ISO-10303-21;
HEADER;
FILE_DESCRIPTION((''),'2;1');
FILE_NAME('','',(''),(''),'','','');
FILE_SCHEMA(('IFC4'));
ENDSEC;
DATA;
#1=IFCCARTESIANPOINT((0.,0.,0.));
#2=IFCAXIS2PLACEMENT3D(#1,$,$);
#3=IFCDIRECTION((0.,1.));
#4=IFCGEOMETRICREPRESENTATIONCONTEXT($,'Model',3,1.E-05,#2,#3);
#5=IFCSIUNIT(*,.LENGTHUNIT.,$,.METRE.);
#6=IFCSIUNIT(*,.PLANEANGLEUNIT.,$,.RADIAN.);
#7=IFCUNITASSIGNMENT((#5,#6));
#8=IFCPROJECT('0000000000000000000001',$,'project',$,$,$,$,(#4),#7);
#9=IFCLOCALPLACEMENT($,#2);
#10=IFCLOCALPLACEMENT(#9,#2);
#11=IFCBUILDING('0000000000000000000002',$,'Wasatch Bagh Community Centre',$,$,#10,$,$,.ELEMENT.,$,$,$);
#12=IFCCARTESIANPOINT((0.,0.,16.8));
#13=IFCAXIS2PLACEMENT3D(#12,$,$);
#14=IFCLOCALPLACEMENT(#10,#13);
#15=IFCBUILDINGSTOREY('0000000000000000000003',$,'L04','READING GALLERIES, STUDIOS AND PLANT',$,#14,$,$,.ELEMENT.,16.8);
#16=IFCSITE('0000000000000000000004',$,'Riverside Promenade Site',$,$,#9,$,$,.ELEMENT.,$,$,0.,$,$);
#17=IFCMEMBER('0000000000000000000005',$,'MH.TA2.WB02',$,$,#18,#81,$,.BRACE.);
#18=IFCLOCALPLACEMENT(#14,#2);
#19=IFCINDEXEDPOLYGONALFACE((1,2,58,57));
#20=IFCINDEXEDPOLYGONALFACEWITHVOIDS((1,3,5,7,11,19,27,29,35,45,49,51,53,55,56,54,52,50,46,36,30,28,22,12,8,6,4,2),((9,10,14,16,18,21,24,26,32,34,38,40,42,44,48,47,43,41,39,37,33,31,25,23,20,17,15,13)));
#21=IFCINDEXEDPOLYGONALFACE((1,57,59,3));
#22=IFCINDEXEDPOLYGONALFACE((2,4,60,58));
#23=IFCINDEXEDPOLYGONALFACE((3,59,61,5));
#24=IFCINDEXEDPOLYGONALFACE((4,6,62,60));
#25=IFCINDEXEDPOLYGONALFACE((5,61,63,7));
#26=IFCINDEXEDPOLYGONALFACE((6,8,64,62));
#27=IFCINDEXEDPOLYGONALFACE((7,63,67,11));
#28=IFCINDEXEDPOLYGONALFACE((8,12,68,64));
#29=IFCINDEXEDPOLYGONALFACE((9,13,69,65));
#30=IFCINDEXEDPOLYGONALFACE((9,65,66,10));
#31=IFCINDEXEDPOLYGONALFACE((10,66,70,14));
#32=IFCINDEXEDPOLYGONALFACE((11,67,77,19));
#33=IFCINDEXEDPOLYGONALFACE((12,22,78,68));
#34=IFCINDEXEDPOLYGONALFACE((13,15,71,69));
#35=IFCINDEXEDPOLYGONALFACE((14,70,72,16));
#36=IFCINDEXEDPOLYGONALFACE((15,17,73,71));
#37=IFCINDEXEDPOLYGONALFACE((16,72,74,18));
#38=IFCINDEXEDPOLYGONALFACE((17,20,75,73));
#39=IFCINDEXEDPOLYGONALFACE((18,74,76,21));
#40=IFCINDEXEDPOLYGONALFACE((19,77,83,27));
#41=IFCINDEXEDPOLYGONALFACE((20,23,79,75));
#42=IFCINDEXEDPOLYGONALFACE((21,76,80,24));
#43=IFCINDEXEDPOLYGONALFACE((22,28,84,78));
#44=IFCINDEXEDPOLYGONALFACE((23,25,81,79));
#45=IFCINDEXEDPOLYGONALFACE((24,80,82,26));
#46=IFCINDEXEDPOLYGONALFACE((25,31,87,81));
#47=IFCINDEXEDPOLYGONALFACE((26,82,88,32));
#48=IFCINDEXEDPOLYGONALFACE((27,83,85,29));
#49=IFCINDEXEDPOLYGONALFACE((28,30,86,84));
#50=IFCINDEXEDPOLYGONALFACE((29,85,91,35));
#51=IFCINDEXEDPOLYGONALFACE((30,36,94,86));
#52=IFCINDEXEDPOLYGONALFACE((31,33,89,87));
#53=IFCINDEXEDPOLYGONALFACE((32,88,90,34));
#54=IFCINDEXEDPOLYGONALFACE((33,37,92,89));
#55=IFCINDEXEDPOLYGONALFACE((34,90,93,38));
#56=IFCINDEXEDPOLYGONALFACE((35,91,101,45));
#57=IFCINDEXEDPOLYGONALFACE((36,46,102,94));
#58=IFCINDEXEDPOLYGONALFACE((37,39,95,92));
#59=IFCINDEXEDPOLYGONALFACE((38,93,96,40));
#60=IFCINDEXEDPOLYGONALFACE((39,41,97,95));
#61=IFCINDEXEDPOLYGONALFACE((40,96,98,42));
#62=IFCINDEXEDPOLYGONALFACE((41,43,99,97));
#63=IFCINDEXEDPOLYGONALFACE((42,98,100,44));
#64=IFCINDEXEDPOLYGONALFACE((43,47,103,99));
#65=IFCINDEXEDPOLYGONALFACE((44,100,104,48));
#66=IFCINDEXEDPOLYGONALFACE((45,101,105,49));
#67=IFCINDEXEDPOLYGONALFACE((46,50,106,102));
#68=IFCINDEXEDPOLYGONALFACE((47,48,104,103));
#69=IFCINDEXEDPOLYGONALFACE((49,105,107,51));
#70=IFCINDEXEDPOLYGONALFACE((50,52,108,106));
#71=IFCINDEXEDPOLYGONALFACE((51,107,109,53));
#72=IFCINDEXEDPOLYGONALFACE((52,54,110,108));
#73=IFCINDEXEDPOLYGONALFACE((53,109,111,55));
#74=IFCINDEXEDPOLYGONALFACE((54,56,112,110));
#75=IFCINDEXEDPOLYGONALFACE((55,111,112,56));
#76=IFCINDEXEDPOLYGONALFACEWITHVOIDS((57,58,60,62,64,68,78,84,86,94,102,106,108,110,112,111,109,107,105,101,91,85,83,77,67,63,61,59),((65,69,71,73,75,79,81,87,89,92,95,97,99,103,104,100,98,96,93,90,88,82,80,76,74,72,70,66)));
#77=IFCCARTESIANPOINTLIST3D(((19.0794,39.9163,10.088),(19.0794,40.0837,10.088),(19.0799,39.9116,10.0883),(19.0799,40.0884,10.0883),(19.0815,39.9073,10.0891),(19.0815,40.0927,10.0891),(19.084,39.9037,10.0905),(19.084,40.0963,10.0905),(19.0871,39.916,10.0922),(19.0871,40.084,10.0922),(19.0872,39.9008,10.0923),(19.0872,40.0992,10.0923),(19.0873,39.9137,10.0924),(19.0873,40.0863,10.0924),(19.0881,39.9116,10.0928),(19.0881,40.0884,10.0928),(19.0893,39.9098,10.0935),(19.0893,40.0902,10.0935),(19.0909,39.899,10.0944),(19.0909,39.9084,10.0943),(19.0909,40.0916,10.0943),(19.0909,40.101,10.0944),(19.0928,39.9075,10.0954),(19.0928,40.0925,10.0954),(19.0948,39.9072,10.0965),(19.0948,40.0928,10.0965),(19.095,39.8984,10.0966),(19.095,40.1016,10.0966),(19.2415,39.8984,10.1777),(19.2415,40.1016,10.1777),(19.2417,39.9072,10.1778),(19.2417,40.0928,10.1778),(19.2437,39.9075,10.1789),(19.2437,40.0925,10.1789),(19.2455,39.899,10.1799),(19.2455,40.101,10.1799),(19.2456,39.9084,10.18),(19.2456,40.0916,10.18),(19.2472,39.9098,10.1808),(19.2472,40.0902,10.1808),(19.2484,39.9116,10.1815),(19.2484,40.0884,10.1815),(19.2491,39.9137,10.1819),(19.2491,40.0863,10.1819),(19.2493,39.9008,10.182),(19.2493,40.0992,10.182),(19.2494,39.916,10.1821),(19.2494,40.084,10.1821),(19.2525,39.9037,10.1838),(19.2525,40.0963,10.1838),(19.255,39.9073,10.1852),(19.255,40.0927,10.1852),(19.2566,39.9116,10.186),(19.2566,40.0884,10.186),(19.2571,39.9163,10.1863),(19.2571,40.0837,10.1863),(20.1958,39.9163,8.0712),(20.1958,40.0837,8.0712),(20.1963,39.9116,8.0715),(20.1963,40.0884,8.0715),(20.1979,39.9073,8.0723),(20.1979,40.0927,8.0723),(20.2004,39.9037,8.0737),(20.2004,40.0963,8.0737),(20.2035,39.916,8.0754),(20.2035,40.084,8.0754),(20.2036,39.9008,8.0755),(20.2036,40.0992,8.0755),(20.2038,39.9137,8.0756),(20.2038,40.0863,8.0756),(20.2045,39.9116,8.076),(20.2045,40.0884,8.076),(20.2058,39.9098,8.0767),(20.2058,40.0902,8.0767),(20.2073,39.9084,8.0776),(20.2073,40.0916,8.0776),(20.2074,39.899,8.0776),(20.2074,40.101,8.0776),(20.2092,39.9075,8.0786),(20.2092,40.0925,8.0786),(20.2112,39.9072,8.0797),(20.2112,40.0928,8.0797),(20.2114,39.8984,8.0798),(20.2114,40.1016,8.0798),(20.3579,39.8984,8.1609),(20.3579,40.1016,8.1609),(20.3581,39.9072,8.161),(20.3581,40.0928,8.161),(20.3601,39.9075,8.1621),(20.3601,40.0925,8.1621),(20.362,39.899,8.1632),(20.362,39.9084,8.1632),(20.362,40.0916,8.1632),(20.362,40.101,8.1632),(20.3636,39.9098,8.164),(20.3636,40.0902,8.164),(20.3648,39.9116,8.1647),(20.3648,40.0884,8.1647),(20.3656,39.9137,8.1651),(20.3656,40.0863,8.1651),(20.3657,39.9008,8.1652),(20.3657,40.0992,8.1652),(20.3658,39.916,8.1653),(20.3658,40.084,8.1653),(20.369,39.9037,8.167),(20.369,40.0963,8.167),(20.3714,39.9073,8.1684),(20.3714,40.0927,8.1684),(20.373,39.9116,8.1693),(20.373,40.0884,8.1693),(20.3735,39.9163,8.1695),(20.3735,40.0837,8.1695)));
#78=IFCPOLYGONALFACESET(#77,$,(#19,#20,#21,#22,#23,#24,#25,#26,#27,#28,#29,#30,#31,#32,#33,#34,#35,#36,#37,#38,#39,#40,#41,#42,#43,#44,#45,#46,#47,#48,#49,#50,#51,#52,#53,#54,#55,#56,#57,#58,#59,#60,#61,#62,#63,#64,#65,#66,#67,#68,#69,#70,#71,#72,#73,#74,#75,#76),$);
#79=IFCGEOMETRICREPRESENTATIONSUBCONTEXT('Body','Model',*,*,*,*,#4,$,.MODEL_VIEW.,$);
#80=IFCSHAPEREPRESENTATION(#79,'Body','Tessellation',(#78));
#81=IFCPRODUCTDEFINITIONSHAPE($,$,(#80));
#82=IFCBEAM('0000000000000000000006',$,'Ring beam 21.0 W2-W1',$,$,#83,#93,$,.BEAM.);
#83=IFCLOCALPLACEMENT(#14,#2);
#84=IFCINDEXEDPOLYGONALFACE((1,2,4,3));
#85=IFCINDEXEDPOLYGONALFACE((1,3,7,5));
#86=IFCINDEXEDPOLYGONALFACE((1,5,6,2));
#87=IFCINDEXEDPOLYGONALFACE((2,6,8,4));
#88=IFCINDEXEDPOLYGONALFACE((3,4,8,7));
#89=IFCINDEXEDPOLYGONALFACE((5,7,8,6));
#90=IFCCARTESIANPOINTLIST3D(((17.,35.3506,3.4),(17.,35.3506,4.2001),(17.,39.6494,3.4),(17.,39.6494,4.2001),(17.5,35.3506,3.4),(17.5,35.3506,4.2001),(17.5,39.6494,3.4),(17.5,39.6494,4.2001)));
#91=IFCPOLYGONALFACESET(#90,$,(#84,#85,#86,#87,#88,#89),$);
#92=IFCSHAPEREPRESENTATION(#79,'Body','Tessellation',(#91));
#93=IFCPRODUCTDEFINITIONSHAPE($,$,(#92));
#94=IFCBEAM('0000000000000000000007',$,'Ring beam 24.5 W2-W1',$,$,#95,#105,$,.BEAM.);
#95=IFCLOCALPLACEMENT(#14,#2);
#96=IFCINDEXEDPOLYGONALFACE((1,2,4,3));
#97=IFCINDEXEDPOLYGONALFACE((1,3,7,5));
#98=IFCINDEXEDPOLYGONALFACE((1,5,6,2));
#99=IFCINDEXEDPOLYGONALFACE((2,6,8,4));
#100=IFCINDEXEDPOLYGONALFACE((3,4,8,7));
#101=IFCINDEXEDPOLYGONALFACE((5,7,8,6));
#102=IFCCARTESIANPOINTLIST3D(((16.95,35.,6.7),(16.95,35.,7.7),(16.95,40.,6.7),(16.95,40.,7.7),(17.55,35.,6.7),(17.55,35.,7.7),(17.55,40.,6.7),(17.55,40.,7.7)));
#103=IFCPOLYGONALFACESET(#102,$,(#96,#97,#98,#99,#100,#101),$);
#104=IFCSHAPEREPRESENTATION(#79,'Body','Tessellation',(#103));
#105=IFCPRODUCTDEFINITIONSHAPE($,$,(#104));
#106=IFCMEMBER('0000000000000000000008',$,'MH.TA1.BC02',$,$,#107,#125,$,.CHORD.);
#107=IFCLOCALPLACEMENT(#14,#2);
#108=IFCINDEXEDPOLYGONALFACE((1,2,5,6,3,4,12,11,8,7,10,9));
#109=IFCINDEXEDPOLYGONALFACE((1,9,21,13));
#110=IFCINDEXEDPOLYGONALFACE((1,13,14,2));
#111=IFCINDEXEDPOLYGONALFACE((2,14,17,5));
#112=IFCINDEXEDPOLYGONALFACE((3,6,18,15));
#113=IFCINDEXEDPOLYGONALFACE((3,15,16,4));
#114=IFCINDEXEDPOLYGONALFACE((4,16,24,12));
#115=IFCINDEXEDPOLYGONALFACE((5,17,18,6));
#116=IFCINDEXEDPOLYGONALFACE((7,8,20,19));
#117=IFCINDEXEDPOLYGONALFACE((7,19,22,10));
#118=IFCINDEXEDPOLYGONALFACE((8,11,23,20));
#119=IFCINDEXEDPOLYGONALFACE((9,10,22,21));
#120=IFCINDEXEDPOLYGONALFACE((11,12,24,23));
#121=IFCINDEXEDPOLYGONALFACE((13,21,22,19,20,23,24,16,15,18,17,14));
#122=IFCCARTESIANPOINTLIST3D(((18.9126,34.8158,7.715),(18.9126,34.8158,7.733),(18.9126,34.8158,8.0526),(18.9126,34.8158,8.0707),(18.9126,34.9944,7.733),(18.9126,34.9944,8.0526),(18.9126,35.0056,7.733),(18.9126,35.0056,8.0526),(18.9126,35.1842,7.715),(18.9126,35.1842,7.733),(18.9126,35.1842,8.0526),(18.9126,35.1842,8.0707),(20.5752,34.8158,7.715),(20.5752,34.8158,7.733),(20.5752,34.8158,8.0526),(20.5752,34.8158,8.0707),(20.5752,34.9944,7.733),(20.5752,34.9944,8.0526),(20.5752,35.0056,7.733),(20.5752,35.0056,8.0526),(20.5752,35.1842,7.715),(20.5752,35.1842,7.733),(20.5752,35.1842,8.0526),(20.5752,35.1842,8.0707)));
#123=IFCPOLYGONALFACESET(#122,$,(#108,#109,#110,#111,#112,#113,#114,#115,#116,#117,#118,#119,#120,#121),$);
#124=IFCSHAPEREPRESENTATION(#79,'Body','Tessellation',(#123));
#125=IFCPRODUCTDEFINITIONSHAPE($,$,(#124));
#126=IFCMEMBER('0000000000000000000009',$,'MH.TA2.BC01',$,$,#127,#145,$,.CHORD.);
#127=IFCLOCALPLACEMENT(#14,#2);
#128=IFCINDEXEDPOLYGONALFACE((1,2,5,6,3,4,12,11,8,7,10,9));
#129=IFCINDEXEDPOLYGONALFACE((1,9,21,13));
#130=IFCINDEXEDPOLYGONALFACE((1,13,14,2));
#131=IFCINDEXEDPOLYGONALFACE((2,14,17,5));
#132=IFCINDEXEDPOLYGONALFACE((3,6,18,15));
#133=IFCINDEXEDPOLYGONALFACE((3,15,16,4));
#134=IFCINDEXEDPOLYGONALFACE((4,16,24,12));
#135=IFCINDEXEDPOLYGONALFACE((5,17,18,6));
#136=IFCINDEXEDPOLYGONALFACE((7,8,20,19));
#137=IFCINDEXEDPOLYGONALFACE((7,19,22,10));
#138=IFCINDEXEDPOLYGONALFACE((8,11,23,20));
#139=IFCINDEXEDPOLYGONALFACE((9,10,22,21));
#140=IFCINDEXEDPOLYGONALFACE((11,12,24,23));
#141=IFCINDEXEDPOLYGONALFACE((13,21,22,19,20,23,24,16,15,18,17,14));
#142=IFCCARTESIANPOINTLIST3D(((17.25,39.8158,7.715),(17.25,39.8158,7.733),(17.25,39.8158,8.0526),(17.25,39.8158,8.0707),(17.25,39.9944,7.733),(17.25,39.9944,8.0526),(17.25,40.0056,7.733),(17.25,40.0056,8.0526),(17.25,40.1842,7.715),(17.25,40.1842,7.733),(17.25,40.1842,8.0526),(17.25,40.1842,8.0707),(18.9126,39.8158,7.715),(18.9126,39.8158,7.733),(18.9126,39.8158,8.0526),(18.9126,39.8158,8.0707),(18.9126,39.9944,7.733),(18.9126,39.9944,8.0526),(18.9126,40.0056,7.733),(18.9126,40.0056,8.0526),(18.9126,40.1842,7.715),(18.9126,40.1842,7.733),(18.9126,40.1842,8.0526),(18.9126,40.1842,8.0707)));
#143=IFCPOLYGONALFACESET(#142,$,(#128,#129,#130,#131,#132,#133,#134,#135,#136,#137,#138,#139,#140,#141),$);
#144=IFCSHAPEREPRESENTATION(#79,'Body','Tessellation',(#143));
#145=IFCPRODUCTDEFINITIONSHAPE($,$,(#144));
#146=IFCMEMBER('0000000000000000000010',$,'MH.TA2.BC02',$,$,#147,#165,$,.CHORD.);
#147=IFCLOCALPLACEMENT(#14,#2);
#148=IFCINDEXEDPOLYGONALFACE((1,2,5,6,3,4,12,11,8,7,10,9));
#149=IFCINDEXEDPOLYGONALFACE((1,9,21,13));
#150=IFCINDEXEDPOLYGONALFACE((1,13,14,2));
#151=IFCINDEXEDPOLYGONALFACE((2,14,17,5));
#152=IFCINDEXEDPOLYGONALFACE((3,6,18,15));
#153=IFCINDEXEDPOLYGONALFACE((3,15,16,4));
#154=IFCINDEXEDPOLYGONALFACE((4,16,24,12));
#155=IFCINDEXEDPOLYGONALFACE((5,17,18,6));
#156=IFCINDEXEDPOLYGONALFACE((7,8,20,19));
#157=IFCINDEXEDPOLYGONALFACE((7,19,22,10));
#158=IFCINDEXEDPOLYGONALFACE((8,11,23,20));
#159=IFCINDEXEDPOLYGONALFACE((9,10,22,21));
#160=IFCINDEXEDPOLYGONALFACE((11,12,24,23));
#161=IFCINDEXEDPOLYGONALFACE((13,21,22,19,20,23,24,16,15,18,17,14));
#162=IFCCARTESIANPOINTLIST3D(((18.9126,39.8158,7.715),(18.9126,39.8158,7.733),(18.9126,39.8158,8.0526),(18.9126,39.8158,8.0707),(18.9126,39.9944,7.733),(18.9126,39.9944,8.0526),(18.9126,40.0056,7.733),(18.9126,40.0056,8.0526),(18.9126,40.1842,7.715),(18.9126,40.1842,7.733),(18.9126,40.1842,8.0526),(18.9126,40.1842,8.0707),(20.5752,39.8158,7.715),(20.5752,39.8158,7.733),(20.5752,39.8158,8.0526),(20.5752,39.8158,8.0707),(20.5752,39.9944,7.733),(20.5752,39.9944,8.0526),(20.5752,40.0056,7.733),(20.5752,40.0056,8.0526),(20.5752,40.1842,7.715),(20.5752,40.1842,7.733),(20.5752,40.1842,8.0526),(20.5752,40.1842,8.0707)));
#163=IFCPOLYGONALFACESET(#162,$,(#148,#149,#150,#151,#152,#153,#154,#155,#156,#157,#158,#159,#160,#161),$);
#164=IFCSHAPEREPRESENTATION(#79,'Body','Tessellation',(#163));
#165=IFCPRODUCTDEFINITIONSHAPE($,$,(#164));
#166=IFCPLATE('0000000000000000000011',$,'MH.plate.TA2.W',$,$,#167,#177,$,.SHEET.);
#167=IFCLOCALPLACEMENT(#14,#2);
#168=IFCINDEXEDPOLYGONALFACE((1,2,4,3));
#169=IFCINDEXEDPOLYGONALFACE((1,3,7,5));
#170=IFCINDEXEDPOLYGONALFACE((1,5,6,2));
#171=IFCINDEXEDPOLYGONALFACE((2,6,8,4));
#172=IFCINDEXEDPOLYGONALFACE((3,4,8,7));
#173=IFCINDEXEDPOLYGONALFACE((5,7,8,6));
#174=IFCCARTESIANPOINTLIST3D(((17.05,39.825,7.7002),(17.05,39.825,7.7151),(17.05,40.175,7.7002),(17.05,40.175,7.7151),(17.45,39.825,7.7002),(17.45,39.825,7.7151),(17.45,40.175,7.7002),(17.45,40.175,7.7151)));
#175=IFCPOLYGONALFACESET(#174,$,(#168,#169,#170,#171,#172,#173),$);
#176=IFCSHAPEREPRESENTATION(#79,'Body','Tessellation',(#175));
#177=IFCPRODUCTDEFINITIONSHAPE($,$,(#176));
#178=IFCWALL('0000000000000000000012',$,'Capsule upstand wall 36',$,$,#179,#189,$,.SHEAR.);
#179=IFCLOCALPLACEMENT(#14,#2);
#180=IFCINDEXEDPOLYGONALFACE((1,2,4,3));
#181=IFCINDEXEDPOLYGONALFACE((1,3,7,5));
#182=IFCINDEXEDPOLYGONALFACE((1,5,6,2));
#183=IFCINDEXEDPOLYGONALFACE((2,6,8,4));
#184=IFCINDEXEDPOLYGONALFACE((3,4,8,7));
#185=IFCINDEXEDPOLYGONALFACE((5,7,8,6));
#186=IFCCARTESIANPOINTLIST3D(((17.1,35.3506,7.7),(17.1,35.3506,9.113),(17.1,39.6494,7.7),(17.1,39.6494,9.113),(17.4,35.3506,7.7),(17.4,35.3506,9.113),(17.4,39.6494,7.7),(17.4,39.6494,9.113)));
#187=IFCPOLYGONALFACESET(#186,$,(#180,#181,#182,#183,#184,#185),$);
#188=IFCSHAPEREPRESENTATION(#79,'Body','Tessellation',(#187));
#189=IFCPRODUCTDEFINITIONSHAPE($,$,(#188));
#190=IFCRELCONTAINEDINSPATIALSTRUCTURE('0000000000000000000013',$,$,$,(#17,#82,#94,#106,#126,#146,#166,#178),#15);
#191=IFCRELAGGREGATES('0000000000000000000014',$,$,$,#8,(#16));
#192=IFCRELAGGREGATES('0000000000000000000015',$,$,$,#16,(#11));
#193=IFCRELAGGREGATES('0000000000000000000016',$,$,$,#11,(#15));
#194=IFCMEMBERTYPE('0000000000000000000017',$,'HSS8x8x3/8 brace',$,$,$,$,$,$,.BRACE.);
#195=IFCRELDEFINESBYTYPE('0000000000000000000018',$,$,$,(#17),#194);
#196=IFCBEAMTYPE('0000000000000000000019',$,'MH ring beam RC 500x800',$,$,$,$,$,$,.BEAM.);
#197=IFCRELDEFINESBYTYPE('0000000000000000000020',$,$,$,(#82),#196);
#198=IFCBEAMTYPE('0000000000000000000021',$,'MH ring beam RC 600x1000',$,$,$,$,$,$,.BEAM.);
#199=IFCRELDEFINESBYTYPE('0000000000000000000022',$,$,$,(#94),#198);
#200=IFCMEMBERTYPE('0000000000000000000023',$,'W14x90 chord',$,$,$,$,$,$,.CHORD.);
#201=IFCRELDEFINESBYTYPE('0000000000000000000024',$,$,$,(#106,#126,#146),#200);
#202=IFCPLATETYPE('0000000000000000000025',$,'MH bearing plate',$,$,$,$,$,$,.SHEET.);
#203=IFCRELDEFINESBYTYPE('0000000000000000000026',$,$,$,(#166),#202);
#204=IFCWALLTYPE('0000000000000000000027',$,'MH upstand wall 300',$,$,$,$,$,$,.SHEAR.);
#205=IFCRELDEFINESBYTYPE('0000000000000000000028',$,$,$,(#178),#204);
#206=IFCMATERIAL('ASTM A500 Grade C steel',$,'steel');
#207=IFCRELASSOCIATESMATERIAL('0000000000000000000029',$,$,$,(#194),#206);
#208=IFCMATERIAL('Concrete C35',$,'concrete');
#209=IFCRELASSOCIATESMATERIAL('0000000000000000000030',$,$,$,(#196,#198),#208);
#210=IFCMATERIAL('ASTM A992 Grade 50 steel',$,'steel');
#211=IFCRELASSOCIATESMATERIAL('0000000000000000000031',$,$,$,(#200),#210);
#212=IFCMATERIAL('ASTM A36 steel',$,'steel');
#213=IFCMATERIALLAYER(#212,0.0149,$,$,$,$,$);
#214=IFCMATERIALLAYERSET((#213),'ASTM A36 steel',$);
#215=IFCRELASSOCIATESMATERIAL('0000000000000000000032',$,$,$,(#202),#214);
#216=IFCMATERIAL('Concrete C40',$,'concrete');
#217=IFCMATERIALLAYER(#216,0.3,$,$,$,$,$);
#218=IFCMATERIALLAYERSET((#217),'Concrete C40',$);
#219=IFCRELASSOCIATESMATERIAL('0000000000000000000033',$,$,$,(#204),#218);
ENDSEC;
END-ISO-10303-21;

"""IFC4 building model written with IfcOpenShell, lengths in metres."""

from ifc_helpers import new_model, si_unit, direction, frame, frame_2d, origin, origin_2d, place, context, subcontext, project, spatial, rectangle, hollow_rectangle, i_section, extrude, material, layer, layer_set, material_profile, profile_set, type_object, element, save


model = new_model("IFC4")

# Units and contexts
model_context = context("Model", 3, precision=1e-05, world=origin(), true_north=direction((0.0, 1.0)))
body_context = subcontext(model_context, "Body", "Model", "MODEL_VIEW")
ifc_project = project(units=[si_unit("LENGTHUNIT", "METRE"), si_unit("PLANEANGLEUNIT", "RADIAN")], contexts=[model_context])

# Site, building, storey
site_placement = place(None, origin())
site = spatial("IfcSite", under=ifc_project, at=site_placement, Name="Riverside Promenade Site", CompositionType="ELEMENT", RefElevation=0.0)
building_placement = place(site_placement, origin())
building = spatial("IfcBuilding", under=site, at=building_placement, Name="Wasatch Bagh Community Centre", CompositionType="ELEMENT")
storey_placement = place(building_placement, frame((0.0, 0.0, 16.8)))
storey = spatial("IfcBuildingStorey", under=building, at=storey_placement, Name="L04", Description="READING GALLERIES, STUDIOS AND PLANT", CompositionType="ELEMENT", Elevation=16.8)

# Shared definitions
ifc_material_1 = material(Name="Concrete C40", Category="concrete")

# Member
ifc_material_2 = material(Name="ASTM A500 Grade C steel", Category="steel")
ifc_material_profile_1 = material_profile(ifc_material_2, hollow_rectangle(XDim=0.2031, YDim=0.2031, WallThickness=0.0088, InnerFilletRadius=0.0088, OuterFilletRadius=0.0178, at=origin_2d()), Name="HSS8x8x3/8")
ifc_profile_set_1 = profile_set([ifc_material_profile_1], Name="ASTM A500 Grade C steel")
member_type_1 = type_object("IfcMemberType", Name="HSS8x8x3/8 brace", PredefinedType="BRACE", material=ifc_profile_set_1)
for number, where, z_axis, x_axis, name in (
    (1, (20.2847, 40.0, 8.1204), (-0.484312, 0.0, 0.874896), (0.0, -1.0, 0.0), "MH.TA2.WB02"),
):
    element("IfcMember", number, at=place(storey_placement, frame(where, z_axis=z_axis, x_axis=x_axis)), inside=storey, type_object=member_type_1, Name=name, PredefinedType="BRACE", context=body_context, shape_type="SweptSolid", body=[
        extrude(hollow_rectangle(XDim=0.2031, YDim=0.2031, WallThickness=0.0088, InnerFilletRadius=0.0088, OuterFilletRadius=0.0178, at=origin_2d()), origin(), (0.0, 0.0, 1.0), 2.3052),
    ])

# Beams
ifc_material_3 = material(Name="Concrete C35", Category="concrete")
ifc_material_profile_2 = material_profile(ifc_material_3, rectangle(XDim=0.5, YDim=0.8, at=origin_2d()), Name="RC 500x800")
ifc_profile_set_2 = profile_set([ifc_material_profile_2], Name="Concrete C35")
beam_type_1 = type_object("IfcBeamType", Name="MH ring beam RC 500x800", PredefinedType="BEAM", material=ifc_profile_set_2)
beam_1_placement = place(storey_placement, frame((17.25, 39.6494, 3.8), z_axis=(0.0, -1.0, 0.0), x_axis=(1.0, 0.0, 0.0)))
element("IfcBeam", 2, at=beam_1_placement, inside=storey, type_object=beam_type_1, Name="Ring beam 21.0 W2-W1", PredefinedType="BEAM", context=body_context, shape_type="SweptSolid", body=[
    extrude(rectangle(XDim=0.5, YDim=0.8, at=origin_2d()), origin(), (0.0, 0.0, 1.0), 4.2988),
])
ifc_material_profile_3 = material_profile(ifc_material_3, rectangle(XDim=0.6001, YDim=1.0, at=origin_2d()), Name="RC 600x1000")
ifc_profile_set_3 = profile_set([ifc_material_profile_3], Name="Concrete C35")
beam_type_2 = type_object("IfcBeamType", Name="MH ring beam RC 600x1000", PredefinedType="BEAM", material=ifc_profile_set_3)
beam_2_placement = place(storey_placement, frame((17.25, 40.0, 7.2), z_axis=(0.0, -1.0, 0.0), x_axis=(1.0, 0.0, 0.0)))
element("IfcBeam", 3, at=beam_2_placement, inside=storey, type_object=beam_type_2, Name="Ring beam 24.5 W2-W1", PredefinedType="BEAM", context=body_context, shape_type="SweptSolid", body=[
    extrude(rectangle(XDim=0.6001, YDim=1.0, at=origin_2d()), origin(), (0.0, 0.0, 1.0), 5.0),
])

# Members
ifc_material_4 = material(Name="ASTM A992 Grade 50 steel", Category="steel")
ifc_material_profile_4 = material_profile(ifc_material_4, i_section(OverallWidth=0.3684, OverallDepth=0.3557, WebThickness=0.0112, FlangeThickness=0.0181, at=origin_2d()), Name="W14x90")
ifc_profile_set_4 = profile_set([ifc_material_profile_4], Name="ASTM A992 Grade 50 steel")
member_type_2 = type_object("IfcMemberType", Name="W14x90 chord", PredefinedType="CHORD", material=ifc_profile_set_4)
for number, where, z_axis, x_axis, name in (
    (4, (18.9126, 35.0, 7.8928), (1.0, 0.0, 0.0), (0.0, 1.0, 0.0), "MH.TA1.BC02"),
    (5, (17.25, 40.0, 7.8928), (1.0, 0.0, 0.0), (0.0, 1.0, 0.0), "MH.TA2.BC01"),
    (6, (18.9126, 40.0, 7.8928), (1.0, 0.0, 0.0), (0.0, 1.0, 0.0), "MH.TA2.BC02"),
):
    element("IfcMember", number, at=place(storey_placement, frame(where, z_axis=z_axis, x_axis=x_axis)), inside=storey, type_object=member_type_2, Name=name, PredefinedType="CHORD", context=body_context, shape_type="SweptSolid", body=[
        extrude(i_section(OverallWidth=0.3684, OverallDepth=0.3557, WebThickness=0.0112, FlangeThickness=0.0181, at=origin_2d()), origin(), (0.0, 0.0, 1.0), 1.6626),
    ])

# Plate
ifc_material_5 = material(Name="ASTM A36 steel", Category="steel")
ifc_layer_1 = layer(ifc_material_5, 0.0149)
ifc_layer_set_1 = layer_set([ifc_layer_1], Name="ASTM A36 steel")
plate_type = type_object("IfcPlateType", Name="MH bearing plate", PredefinedType="SHEET", material=ifc_layer_set_1)
plate_placement = place(storey_placement, frame((17.25, 40.0, 7.7002), z_axis=(0.0, 0.0, 1.0), x_axis=(1.0, 0.0, 0.0)))
element("IfcPlate", 7, at=plate_placement, inside=storey, type_object=plate_type, Name="MH.plate.TA2.W", PredefinedType="SHEET", context=body_context, shape_type="SweptSolid", body=[
    extrude(rectangle(XDim=0.3999, YDim=0.3501, at=origin_2d()), origin(), (0.0, 0.0, 1.0), 0.0149),
])

# Wall
ifc_layer_2 = layer(ifc_material_1, 0.3)
ifc_layer_set_2 = layer_set([ifc_layer_2], Name="Concrete C40")
wall_type_1 = type_object("IfcWallType", Name="MH upstand wall 300", PredefinedType="SHEAR", material=ifc_layer_set_2)
wall_1_placement = place(storey_placement, frame((17.25, 39.6494, 7.7), z_axis=(0.0, 0.0, 1.0), x_axis=(0.0, -1.0, 0.0)))
element("IfcWall", 8, at=wall_1_placement, inside=storey, type_object=wall_type_1, Name="Capsule upstand wall 36", PredefinedType="SHEAR", context=body_context, shape_type="SweptSolid", body=[
    extrude(rectangle(XDim=4.2988, YDim=0.3, at=frame_2d((2.1494, 0.0))), origin(), (0.0, 0.0, 1.0), 1.4131),
])

save(model, "model.ifc")
